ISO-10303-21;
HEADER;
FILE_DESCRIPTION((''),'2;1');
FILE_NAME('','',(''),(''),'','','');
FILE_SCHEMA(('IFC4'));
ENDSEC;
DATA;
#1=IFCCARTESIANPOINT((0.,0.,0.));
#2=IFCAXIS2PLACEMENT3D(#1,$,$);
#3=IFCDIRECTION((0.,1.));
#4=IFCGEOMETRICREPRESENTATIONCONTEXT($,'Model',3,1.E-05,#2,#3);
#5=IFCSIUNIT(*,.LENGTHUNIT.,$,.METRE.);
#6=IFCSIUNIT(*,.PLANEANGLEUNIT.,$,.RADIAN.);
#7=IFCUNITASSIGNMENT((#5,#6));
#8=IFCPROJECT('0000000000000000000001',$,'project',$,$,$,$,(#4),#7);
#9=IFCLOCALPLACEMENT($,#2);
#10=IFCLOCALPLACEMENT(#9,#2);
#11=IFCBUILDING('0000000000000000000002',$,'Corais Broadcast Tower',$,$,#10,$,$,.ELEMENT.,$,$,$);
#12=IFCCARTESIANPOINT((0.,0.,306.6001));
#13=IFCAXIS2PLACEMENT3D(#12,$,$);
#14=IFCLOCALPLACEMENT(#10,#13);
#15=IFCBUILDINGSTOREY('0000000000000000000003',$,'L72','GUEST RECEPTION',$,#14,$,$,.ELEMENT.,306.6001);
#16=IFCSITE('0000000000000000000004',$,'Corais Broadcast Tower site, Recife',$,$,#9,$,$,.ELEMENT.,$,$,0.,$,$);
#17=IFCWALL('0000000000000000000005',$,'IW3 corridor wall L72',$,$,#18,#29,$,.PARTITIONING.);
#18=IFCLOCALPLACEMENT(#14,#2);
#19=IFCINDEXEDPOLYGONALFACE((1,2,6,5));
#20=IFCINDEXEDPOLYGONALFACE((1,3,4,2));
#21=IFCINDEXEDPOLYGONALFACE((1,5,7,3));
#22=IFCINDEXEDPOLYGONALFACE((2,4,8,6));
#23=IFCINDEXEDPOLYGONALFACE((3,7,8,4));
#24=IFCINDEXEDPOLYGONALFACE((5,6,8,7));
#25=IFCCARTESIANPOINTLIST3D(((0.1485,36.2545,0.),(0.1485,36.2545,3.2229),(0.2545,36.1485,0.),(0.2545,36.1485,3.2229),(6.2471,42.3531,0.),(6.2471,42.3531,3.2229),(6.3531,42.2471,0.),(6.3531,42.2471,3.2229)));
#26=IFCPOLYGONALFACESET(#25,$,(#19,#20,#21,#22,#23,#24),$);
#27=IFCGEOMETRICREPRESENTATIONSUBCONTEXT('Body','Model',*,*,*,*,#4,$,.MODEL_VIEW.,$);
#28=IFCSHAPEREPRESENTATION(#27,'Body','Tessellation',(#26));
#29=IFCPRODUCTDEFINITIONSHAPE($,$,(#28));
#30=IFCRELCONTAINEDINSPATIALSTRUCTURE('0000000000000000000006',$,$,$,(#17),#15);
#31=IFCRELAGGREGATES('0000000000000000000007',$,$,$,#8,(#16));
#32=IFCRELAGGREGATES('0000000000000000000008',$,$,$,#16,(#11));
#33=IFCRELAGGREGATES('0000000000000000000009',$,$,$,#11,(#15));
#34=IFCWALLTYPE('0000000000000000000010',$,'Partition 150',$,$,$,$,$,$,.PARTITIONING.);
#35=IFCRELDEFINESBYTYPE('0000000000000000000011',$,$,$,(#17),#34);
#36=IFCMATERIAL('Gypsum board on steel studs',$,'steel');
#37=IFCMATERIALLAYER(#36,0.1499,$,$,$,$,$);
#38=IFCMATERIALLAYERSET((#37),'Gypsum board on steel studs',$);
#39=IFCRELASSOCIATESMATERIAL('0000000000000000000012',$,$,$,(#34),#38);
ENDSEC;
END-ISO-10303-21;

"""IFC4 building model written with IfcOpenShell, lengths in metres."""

from ifc_helpers import new_model, si_unit, direction, frame, frame_2d, origin, place, context, subcontext, project, spatial, rectangle, extrude, material, layer, layer_set, type_object, element, save


model = new_model("IFC4")

# Units and contexts
model_context = context("Model", 3, precision=1e-05, world=origin(), true_north=direction((0.0, 1.0)))
body_context = subcontext(model_context, "Body", "Model", "MODEL_VIEW")
ifc_project = project(units=[si_unit("LENGTHUNIT", "METRE"), si_unit("PLANEANGLEUNIT", "RADIAN")], contexts=[model_context])

# Site, building, storey
site_placement = place(None, origin())
site = spatial("IfcSite", under=ifc_project, at=site_placement, Name="Corais Broadcast Tower site, Recife", CompositionType="ELEMENT", RefElevation=0.0)
building_placement = place(site_placement, origin())
building = spatial("IfcBuilding", under=site, at=building_placement, Name="Corais Broadcast Tower", CompositionType="ELEMENT")
storey_placement = place(building_placement, frame((0.0, 0.0, 306.6001)))
storey = spatial("IfcBuildingStorey", under=building, at=storey_placement, Name="L72", Description="GUEST RECEPTION", CompositionType="ELEMENT", Elevation=306.6001)

# Wall
ifc_material_1 = material(Name="Gypsum board on steel studs", Category="steel")
ifc_layer_1 = layer(ifc_material_1, 0.1499)
ifc_layer_set_1 = layer_set([ifc_layer_1], Name="Gypsum board on steel studs")
wall_type = type_object("IfcWallType", Name="Partition 150", PredefinedType="PARTITIONING", material=ifc_layer_set_1)
wall_placement = place(storey_placement, frame((0.2014, 36.2014, 0.0), z_axis=(0.0, 0.0, 1.0), x_axis=(0.707107, 0.707107, 0.0)))
element("IfcWall", 1, at=wall_placement, inside=storey, type_object=wall_type, Name="IW3 corridor wall L72", PredefinedType="PARTITIONING", context=body_context, shape_type="SweptSolid", body=[
    extrude(rectangle(XDim=8.6248, YDim=0.1499, at=frame_2d((4.3125, 0.0))), origin(), (0.0, 0.0, 1.0), 3.2229),
])

save(model, "model.ifc")
